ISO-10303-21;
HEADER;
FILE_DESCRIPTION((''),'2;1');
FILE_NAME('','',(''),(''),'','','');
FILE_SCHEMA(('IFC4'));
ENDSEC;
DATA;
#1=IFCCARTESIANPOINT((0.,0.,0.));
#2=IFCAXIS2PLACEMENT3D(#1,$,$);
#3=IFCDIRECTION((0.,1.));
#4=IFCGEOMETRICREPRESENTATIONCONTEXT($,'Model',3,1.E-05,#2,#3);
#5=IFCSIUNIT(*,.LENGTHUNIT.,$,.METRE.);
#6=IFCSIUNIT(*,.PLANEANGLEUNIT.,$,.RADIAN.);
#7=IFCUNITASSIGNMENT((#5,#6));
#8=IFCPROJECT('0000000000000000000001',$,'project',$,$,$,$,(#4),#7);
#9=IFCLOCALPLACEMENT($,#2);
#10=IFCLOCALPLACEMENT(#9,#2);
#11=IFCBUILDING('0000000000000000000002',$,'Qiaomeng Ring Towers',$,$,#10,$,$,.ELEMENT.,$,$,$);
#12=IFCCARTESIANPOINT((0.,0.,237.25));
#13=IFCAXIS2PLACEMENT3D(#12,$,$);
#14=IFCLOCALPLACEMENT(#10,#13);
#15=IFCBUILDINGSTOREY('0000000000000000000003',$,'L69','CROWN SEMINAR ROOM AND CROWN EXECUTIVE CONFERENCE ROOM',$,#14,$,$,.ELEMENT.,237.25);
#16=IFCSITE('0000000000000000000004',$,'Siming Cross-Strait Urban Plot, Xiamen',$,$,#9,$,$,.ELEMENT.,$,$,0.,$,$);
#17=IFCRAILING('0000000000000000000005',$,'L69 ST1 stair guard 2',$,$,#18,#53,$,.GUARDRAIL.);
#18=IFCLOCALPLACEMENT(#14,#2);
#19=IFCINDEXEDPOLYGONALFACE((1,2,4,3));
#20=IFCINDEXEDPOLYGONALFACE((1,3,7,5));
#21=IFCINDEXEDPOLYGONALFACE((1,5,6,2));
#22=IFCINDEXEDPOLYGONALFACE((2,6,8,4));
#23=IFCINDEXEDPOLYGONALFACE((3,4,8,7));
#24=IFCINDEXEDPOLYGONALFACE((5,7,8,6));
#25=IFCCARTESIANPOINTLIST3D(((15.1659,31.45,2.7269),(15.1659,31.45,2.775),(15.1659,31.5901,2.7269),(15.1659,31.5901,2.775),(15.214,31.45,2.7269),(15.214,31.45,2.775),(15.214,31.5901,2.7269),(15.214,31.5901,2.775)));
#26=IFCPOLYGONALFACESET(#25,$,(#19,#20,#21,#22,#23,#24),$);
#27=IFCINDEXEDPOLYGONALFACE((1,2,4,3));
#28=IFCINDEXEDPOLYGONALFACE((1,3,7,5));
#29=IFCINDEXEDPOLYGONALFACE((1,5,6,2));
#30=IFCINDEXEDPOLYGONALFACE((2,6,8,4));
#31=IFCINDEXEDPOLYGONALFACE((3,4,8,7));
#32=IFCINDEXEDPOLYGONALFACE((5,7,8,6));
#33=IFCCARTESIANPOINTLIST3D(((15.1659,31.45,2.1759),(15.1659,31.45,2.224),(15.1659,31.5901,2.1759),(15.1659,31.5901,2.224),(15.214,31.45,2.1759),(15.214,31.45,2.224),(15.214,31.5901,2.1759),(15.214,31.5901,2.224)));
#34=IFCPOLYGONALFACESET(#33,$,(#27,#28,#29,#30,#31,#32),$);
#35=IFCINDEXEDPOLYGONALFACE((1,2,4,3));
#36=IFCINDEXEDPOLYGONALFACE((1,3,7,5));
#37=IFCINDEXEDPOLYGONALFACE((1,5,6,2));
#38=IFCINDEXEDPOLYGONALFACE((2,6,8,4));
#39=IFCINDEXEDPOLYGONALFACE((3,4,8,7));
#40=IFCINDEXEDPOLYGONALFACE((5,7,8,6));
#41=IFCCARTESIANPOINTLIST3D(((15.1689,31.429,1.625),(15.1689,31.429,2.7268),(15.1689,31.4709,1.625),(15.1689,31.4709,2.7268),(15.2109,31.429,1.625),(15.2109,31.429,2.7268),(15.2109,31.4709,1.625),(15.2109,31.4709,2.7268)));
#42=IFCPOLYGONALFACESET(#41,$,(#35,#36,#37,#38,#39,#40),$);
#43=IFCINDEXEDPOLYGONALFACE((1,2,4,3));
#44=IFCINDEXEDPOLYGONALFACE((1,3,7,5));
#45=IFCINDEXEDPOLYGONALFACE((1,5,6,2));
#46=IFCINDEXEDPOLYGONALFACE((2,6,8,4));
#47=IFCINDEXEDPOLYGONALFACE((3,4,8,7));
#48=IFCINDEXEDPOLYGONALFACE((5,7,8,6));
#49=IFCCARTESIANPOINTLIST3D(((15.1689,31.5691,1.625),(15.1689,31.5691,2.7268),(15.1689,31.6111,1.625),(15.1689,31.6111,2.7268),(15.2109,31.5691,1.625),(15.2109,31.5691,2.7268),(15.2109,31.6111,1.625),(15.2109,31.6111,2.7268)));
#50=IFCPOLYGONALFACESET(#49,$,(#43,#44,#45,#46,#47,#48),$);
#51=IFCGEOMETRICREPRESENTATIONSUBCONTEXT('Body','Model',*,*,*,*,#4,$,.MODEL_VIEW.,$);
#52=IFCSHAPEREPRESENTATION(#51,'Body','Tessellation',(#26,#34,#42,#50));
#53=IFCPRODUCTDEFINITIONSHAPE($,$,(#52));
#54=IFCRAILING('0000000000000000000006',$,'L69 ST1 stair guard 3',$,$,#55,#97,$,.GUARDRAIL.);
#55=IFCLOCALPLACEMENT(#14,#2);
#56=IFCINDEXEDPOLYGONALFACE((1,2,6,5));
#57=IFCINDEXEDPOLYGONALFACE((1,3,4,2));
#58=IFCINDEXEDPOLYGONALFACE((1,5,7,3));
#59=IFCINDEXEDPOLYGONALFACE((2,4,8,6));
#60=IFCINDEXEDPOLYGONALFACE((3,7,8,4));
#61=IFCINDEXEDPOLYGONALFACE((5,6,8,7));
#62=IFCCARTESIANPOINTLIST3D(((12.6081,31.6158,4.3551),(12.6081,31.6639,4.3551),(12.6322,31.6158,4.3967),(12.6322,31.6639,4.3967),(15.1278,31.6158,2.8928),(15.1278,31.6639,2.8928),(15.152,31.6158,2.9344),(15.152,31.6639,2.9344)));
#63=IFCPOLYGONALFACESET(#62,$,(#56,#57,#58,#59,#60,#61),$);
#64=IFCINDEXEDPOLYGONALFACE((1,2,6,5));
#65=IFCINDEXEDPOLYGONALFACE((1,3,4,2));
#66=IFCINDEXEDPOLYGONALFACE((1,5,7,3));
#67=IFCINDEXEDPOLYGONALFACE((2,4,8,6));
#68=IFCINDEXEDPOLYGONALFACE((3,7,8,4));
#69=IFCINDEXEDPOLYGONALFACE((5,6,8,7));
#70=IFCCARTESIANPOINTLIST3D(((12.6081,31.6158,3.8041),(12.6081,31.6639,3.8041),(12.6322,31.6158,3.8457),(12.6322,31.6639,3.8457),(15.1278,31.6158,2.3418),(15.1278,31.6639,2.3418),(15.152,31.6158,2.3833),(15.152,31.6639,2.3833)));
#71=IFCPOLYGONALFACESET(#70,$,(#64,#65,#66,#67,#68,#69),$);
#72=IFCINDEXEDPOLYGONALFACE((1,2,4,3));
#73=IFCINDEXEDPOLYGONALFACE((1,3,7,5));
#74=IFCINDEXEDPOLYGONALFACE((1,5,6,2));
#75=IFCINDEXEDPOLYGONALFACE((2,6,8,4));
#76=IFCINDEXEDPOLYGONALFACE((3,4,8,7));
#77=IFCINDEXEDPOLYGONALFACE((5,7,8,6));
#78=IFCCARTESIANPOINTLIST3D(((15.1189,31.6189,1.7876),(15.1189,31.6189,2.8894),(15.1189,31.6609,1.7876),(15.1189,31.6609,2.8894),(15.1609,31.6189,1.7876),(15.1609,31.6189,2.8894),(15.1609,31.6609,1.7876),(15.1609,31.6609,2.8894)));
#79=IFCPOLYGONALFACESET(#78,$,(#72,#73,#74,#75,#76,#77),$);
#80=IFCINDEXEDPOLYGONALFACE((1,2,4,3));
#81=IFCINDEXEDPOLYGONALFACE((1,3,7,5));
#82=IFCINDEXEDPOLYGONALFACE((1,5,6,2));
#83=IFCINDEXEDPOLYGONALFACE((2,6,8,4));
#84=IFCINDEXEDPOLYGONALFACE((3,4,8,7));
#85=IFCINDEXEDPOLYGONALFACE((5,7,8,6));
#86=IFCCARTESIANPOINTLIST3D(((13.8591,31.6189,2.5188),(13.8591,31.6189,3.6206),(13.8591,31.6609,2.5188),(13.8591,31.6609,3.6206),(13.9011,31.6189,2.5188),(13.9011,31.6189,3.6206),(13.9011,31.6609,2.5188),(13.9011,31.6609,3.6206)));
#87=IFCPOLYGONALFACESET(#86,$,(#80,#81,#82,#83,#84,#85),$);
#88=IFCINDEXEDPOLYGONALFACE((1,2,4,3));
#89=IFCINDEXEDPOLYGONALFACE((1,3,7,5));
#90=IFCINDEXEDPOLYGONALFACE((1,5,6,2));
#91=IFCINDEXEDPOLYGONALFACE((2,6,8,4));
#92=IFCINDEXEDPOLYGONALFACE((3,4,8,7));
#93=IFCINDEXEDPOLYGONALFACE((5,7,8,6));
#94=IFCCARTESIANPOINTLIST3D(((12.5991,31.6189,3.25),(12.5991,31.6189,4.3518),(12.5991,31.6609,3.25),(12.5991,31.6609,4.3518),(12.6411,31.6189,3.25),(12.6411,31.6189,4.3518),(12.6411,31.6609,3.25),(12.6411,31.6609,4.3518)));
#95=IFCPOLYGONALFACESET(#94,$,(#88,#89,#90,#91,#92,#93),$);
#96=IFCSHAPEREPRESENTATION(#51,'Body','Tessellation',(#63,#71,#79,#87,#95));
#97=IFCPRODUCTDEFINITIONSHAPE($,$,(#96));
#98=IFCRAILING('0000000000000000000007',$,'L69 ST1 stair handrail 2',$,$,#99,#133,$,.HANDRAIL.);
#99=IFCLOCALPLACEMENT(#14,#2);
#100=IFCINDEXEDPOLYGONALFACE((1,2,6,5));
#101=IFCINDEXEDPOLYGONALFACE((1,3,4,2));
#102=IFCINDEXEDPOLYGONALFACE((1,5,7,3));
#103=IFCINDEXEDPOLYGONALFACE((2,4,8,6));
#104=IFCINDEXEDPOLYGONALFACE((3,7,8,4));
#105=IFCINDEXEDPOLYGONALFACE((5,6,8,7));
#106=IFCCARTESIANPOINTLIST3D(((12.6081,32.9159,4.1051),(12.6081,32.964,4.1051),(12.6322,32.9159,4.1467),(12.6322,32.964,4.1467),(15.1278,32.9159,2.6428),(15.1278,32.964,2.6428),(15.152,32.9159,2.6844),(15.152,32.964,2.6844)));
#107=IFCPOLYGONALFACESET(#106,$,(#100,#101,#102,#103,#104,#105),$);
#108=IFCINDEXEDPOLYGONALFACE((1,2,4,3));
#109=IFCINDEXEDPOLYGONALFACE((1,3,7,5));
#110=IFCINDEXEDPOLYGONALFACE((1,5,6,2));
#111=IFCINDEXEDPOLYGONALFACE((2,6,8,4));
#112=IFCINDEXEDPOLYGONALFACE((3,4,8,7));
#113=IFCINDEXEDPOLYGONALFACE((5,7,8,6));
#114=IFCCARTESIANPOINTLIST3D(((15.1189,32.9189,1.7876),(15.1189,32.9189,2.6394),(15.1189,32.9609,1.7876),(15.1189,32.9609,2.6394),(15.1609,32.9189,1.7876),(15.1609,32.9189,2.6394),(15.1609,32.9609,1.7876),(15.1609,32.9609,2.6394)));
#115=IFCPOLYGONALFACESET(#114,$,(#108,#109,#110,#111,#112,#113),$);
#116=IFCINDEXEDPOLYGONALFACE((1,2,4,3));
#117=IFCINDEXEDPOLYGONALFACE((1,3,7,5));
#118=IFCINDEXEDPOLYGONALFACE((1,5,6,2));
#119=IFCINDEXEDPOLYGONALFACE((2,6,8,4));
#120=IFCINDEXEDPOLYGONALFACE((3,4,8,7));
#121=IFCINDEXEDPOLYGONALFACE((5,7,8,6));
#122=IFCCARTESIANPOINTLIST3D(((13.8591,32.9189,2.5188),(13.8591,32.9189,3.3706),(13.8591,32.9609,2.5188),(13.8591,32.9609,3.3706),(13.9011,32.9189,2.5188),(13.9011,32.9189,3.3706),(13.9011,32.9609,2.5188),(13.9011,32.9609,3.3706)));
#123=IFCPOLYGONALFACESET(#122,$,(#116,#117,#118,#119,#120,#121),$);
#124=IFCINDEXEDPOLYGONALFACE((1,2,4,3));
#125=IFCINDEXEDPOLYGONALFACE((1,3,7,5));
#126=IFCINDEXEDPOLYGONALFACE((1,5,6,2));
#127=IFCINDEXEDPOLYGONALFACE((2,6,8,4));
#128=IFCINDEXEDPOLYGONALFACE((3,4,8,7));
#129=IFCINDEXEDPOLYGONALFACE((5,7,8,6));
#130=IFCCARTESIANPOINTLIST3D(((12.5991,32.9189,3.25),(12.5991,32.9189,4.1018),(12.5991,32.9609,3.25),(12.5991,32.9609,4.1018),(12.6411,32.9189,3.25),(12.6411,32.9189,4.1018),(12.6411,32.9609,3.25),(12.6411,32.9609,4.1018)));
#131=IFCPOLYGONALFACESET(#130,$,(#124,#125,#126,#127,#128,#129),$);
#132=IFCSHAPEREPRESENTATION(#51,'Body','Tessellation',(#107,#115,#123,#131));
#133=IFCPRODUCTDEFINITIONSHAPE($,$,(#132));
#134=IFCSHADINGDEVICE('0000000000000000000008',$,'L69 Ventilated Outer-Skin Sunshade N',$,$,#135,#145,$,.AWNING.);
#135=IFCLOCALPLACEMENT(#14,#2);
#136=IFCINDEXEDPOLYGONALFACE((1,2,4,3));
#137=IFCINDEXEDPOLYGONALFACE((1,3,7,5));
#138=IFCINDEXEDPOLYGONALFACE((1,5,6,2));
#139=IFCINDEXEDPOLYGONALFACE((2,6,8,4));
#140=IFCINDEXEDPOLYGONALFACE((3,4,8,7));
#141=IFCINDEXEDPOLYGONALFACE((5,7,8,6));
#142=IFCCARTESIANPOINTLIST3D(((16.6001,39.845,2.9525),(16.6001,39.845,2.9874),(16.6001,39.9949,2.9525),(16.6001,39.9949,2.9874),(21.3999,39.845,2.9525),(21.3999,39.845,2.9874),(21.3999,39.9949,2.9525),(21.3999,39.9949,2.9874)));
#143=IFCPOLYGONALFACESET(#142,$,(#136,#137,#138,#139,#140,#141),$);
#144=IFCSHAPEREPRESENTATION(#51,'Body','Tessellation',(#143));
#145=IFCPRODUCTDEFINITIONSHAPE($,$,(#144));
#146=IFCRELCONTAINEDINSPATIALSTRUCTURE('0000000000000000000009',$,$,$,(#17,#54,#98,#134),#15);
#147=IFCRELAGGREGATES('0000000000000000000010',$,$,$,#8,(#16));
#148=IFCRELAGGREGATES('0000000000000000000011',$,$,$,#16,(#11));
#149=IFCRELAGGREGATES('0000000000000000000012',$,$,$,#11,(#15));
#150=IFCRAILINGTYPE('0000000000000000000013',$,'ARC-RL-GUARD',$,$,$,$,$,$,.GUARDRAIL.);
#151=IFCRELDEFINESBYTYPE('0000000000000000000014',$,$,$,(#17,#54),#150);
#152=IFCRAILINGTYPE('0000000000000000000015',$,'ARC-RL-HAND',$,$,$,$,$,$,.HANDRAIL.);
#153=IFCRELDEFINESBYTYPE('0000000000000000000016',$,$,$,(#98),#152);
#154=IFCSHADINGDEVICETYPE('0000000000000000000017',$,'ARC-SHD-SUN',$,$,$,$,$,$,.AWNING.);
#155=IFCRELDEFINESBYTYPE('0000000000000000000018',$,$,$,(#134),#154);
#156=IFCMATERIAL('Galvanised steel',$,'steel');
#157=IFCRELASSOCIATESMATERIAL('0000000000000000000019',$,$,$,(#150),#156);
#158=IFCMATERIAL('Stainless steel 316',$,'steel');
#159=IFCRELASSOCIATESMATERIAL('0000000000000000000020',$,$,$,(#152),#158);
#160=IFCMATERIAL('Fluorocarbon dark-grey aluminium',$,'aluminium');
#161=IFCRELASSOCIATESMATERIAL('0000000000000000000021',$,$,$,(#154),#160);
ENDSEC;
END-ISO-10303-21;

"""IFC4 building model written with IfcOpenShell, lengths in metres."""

from ifc_helpers import new_model, si_unit, direction, frame, origin, origin_2d, place, context, subcontext, project, spatial, rectangle, extrude, source, transform, mapped, material, material_profile, profile_set, type_object, element, save


model = new_model("IFC4")

# Units and contexts
model_context = context("Model", 3, precision=1e-05, world=origin(), true_north=direction((0.0, 1.0)))
body_context = subcontext(model_context, "Body", "Model", "MODEL_VIEW")
ifc_project = project(units=[si_unit("LENGTHUNIT", "METRE"), si_unit("PLANEANGLEUNIT", "RADIAN")], contexts=[model_context])

# Site, building, storey
site_placement = place(None, origin())
site = spatial("IfcSite", under=ifc_project, at=site_placement, Name="Siming Cross-Strait Urban Plot, Xiamen", CompositionType="ELEMENT", RefElevation=0.0)
building_placement = place(site_placement, origin())
building = spatial("IfcBuilding", under=site, at=building_placement, Name="Qiaomeng Ring Towers", CompositionType="ELEMENT")
storey_placement = place(building_placement, frame((0.0, 0.0, 237.25)))
storey = spatial("IfcBuildingStorey", under=building, at=storey_placement, Name="L69", Description="CROWN SEMINAR ROOM AND CROWN EXECUTIVE CONFERENCE ROOM", CompositionType="ELEMENT", Elevation=237.25)

# Shared definitions
ifc_material_1 = material(Name="Galvanised steel", Category="steel")

# Shared definitions
ifc_material_2 = material(Name="Stainless steel 316", Category="steel")

# Railings
railing_type_1 = type_object("IfcRailingType", Name="ARC-RL-GUARD", PredefinedType="GUARDRAIL", material=ifc_material_1)
railing_1_placement = place(storey_placement, frame((15.1899, 31.45, 1.625)))
element("IfcRailing", 1, at=railing_1_placement, inside=storey, type_object=railing_type_1, Name="L69 ST1 stair guard 2", PredefinedType="GUARDRAIL", context=body_context, shape_type="SweptSolid", body=[
    extrude(rectangle(XDim=0.0481, YDim=0.0481, at=origin_2d()), frame((0.0, 0.0, 1.126), z_axis=(0.0, 1.0, 0.0), x_axis=(-1.0, 0.0, 0.0)), (0.0, 0.0, 1.0), 0.1401),
    extrude(rectangle(XDim=0.0481, YDim=0.0481, at=origin_2d()), frame((0.0, 0.0, 0.575), z_axis=(0.0, 1.0, 0.0), x_axis=(-1.0, 0.0, 0.0)), (0.0, 0.0, 1.0), 0.1401),
    extrude(rectangle(XDim=0.042, YDim=0.042, at=origin_2d()), origin(), (0.0, 0.0, 1.0), 1.1018),
    extrude(rectangle(XDim=0.042, YDim=0.042, at=origin_2d()), frame((0.0, 0.1401, 0.0)), (0.0, 0.0, 1.0), 1.1018),
])
railing_2_placement = place(storey_placement, frame((15.1399, 31.6399, 1.7876)))
element("IfcRailing", 2, at=railing_2_placement, inside=storey, type_object=railing_type_1, Name="L69 ST1 stair guard 3", PredefinedType="GUARDRAIL", context=body_context, shape_type="SweptSolid", body=[
    extrude(rectangle(XDim=0.0481, YDim=0.0481, at=origin_2d()), frame((0.0, 0.0, 1.126), z_axis=(-0.864892, 0.0, 0.501958), x_axis=(0.0, -1.0, 0.0)), (0.0, 0.0, 1.0), 2.9133),
    extrude(rectangle(XDim=0.0481, YDim=0.0481, at=origin_2d()), frame((0.0, 0.0, 0.575), z_axis=(-0.864892, 0.0, 0.501958), x_axis=(0.0, -1.0, 0.0)), (0.0, 0.0, 1.0), 2.9133),
    extrude(rectangle(XDim=0.042, YDim=0.042, at=origin_2d()), origin(), (0.0, 0.0, 1.0), 1.1018),
    extrude(rectangle(XDim=0.042, YDim=0.042, at=origin_2d()), frame((-1.2598, 0.0, 0.7312)), (0.0, 0.0, 1.0), 1.1018),
    extrude(rectangle(XDim=0.042, YDim=0.042, at=origin_2d()), frame((-2.5198, 0.0, 1.4624)), (0.0, 0.0, 1.0), 1.1018),
])
railing_type_2 = type_object("IfcRailingType", Name="ARC-RL-HAND", PredefinedType="HANDRAIL", material=ifc_material_2)
railing_3_placement = place(storey_placement, frame((15.1399, 32.9399, 1.7876)))
element("IfcRailing", 3, at=railing_3_placement, inside=storey, type_object=railing_type_2, Name="L69 ST1 stair handrail 2", PredefinedType="HANDRAIL", context=body_context, shape_type="SweptSolid", body=[
    extrude(rectangle(XDim=0.0481, YDim=0.0481, at=origin_2d()), frame((0.0, 0.0, 0.876), z_axis=(-0.864892, 0.0, 0.501958), x_axis=(0.0, -1.0, 0.0)), (0.0, 0.0, 1.0), 2.9133),
    extrude(rectangle(XDim=0.042, YDim=0.042, at=origin_2d()), origin(), (0.0, 0.0, 1.0), 0.8518),
    extrude(rectangle(XDim=0.042, YDim=0.042, at=origin_2d()), frame((-1.2598, 0.0, 0.7312)), (0.0, 0.0, 1.0), 0.8518),
    extrude(rectangle(XDim=0.042, YDim=0.042, at=origin_2d()), frame((-2.5198, 0.0, 1.4624)), (0.0, 0.0, 1.0), 0.8518),
])

# Shading device
ifc_material_3 = material(Name="Fluorocarbon dark-grey aluminium", Category="aluminium")
ifc_material_profile_1 = material_profile(ifc_material_3, rectangle(XDim=0.1499, YDim=0.0349, at=origin_2d()), Name="LV BLADE 150x35")
ifc_profile_set_1 = profile_set([ifc_material_profile_1], Name="Fluorocarbon dark-grey aluminium")
shading_device_type = type_object("IfcShadingDeviceType", Name="ARC-SHD-SUN", PredefinedType="AWNING", material=ifc_profile_set_1)
shared_shape_1 = source(origin(), body_context, "Body", "SweptSolid", [
    extrude(rectangle(XDim=0.1499, YDim=0.0349, at=origin_2d()), origin(), (0.0, 0.0, 1.0), 4.7998),
])
shading_device_placement = place(storey_placement, frame((16.6001, 39.9199, 2.97), z_axis=(1.0, 0.0, 0.0), x_axis=(0.0, 1.0, 0.0)))
element("IfcShadingDevice", 4, at=shading_device_placement, inside=storey, type_object=shading_device_type, Name="L69 Ventilated Outer-Skin Sunshade N", PredefinedType="AWNING", context=body_context, shape_type="MappedRepresentation", body=[
    mapped(shared_shape_1, transform((0.0, 0.0, 0.0), x_axis=(1.0, 0.0, 0.0), y_axis=(0.0, 1.0, 0.0), z_axis=(0.0, 0.0, 1.0), scale=1.0)),
])

save(model, "model.ifc")
